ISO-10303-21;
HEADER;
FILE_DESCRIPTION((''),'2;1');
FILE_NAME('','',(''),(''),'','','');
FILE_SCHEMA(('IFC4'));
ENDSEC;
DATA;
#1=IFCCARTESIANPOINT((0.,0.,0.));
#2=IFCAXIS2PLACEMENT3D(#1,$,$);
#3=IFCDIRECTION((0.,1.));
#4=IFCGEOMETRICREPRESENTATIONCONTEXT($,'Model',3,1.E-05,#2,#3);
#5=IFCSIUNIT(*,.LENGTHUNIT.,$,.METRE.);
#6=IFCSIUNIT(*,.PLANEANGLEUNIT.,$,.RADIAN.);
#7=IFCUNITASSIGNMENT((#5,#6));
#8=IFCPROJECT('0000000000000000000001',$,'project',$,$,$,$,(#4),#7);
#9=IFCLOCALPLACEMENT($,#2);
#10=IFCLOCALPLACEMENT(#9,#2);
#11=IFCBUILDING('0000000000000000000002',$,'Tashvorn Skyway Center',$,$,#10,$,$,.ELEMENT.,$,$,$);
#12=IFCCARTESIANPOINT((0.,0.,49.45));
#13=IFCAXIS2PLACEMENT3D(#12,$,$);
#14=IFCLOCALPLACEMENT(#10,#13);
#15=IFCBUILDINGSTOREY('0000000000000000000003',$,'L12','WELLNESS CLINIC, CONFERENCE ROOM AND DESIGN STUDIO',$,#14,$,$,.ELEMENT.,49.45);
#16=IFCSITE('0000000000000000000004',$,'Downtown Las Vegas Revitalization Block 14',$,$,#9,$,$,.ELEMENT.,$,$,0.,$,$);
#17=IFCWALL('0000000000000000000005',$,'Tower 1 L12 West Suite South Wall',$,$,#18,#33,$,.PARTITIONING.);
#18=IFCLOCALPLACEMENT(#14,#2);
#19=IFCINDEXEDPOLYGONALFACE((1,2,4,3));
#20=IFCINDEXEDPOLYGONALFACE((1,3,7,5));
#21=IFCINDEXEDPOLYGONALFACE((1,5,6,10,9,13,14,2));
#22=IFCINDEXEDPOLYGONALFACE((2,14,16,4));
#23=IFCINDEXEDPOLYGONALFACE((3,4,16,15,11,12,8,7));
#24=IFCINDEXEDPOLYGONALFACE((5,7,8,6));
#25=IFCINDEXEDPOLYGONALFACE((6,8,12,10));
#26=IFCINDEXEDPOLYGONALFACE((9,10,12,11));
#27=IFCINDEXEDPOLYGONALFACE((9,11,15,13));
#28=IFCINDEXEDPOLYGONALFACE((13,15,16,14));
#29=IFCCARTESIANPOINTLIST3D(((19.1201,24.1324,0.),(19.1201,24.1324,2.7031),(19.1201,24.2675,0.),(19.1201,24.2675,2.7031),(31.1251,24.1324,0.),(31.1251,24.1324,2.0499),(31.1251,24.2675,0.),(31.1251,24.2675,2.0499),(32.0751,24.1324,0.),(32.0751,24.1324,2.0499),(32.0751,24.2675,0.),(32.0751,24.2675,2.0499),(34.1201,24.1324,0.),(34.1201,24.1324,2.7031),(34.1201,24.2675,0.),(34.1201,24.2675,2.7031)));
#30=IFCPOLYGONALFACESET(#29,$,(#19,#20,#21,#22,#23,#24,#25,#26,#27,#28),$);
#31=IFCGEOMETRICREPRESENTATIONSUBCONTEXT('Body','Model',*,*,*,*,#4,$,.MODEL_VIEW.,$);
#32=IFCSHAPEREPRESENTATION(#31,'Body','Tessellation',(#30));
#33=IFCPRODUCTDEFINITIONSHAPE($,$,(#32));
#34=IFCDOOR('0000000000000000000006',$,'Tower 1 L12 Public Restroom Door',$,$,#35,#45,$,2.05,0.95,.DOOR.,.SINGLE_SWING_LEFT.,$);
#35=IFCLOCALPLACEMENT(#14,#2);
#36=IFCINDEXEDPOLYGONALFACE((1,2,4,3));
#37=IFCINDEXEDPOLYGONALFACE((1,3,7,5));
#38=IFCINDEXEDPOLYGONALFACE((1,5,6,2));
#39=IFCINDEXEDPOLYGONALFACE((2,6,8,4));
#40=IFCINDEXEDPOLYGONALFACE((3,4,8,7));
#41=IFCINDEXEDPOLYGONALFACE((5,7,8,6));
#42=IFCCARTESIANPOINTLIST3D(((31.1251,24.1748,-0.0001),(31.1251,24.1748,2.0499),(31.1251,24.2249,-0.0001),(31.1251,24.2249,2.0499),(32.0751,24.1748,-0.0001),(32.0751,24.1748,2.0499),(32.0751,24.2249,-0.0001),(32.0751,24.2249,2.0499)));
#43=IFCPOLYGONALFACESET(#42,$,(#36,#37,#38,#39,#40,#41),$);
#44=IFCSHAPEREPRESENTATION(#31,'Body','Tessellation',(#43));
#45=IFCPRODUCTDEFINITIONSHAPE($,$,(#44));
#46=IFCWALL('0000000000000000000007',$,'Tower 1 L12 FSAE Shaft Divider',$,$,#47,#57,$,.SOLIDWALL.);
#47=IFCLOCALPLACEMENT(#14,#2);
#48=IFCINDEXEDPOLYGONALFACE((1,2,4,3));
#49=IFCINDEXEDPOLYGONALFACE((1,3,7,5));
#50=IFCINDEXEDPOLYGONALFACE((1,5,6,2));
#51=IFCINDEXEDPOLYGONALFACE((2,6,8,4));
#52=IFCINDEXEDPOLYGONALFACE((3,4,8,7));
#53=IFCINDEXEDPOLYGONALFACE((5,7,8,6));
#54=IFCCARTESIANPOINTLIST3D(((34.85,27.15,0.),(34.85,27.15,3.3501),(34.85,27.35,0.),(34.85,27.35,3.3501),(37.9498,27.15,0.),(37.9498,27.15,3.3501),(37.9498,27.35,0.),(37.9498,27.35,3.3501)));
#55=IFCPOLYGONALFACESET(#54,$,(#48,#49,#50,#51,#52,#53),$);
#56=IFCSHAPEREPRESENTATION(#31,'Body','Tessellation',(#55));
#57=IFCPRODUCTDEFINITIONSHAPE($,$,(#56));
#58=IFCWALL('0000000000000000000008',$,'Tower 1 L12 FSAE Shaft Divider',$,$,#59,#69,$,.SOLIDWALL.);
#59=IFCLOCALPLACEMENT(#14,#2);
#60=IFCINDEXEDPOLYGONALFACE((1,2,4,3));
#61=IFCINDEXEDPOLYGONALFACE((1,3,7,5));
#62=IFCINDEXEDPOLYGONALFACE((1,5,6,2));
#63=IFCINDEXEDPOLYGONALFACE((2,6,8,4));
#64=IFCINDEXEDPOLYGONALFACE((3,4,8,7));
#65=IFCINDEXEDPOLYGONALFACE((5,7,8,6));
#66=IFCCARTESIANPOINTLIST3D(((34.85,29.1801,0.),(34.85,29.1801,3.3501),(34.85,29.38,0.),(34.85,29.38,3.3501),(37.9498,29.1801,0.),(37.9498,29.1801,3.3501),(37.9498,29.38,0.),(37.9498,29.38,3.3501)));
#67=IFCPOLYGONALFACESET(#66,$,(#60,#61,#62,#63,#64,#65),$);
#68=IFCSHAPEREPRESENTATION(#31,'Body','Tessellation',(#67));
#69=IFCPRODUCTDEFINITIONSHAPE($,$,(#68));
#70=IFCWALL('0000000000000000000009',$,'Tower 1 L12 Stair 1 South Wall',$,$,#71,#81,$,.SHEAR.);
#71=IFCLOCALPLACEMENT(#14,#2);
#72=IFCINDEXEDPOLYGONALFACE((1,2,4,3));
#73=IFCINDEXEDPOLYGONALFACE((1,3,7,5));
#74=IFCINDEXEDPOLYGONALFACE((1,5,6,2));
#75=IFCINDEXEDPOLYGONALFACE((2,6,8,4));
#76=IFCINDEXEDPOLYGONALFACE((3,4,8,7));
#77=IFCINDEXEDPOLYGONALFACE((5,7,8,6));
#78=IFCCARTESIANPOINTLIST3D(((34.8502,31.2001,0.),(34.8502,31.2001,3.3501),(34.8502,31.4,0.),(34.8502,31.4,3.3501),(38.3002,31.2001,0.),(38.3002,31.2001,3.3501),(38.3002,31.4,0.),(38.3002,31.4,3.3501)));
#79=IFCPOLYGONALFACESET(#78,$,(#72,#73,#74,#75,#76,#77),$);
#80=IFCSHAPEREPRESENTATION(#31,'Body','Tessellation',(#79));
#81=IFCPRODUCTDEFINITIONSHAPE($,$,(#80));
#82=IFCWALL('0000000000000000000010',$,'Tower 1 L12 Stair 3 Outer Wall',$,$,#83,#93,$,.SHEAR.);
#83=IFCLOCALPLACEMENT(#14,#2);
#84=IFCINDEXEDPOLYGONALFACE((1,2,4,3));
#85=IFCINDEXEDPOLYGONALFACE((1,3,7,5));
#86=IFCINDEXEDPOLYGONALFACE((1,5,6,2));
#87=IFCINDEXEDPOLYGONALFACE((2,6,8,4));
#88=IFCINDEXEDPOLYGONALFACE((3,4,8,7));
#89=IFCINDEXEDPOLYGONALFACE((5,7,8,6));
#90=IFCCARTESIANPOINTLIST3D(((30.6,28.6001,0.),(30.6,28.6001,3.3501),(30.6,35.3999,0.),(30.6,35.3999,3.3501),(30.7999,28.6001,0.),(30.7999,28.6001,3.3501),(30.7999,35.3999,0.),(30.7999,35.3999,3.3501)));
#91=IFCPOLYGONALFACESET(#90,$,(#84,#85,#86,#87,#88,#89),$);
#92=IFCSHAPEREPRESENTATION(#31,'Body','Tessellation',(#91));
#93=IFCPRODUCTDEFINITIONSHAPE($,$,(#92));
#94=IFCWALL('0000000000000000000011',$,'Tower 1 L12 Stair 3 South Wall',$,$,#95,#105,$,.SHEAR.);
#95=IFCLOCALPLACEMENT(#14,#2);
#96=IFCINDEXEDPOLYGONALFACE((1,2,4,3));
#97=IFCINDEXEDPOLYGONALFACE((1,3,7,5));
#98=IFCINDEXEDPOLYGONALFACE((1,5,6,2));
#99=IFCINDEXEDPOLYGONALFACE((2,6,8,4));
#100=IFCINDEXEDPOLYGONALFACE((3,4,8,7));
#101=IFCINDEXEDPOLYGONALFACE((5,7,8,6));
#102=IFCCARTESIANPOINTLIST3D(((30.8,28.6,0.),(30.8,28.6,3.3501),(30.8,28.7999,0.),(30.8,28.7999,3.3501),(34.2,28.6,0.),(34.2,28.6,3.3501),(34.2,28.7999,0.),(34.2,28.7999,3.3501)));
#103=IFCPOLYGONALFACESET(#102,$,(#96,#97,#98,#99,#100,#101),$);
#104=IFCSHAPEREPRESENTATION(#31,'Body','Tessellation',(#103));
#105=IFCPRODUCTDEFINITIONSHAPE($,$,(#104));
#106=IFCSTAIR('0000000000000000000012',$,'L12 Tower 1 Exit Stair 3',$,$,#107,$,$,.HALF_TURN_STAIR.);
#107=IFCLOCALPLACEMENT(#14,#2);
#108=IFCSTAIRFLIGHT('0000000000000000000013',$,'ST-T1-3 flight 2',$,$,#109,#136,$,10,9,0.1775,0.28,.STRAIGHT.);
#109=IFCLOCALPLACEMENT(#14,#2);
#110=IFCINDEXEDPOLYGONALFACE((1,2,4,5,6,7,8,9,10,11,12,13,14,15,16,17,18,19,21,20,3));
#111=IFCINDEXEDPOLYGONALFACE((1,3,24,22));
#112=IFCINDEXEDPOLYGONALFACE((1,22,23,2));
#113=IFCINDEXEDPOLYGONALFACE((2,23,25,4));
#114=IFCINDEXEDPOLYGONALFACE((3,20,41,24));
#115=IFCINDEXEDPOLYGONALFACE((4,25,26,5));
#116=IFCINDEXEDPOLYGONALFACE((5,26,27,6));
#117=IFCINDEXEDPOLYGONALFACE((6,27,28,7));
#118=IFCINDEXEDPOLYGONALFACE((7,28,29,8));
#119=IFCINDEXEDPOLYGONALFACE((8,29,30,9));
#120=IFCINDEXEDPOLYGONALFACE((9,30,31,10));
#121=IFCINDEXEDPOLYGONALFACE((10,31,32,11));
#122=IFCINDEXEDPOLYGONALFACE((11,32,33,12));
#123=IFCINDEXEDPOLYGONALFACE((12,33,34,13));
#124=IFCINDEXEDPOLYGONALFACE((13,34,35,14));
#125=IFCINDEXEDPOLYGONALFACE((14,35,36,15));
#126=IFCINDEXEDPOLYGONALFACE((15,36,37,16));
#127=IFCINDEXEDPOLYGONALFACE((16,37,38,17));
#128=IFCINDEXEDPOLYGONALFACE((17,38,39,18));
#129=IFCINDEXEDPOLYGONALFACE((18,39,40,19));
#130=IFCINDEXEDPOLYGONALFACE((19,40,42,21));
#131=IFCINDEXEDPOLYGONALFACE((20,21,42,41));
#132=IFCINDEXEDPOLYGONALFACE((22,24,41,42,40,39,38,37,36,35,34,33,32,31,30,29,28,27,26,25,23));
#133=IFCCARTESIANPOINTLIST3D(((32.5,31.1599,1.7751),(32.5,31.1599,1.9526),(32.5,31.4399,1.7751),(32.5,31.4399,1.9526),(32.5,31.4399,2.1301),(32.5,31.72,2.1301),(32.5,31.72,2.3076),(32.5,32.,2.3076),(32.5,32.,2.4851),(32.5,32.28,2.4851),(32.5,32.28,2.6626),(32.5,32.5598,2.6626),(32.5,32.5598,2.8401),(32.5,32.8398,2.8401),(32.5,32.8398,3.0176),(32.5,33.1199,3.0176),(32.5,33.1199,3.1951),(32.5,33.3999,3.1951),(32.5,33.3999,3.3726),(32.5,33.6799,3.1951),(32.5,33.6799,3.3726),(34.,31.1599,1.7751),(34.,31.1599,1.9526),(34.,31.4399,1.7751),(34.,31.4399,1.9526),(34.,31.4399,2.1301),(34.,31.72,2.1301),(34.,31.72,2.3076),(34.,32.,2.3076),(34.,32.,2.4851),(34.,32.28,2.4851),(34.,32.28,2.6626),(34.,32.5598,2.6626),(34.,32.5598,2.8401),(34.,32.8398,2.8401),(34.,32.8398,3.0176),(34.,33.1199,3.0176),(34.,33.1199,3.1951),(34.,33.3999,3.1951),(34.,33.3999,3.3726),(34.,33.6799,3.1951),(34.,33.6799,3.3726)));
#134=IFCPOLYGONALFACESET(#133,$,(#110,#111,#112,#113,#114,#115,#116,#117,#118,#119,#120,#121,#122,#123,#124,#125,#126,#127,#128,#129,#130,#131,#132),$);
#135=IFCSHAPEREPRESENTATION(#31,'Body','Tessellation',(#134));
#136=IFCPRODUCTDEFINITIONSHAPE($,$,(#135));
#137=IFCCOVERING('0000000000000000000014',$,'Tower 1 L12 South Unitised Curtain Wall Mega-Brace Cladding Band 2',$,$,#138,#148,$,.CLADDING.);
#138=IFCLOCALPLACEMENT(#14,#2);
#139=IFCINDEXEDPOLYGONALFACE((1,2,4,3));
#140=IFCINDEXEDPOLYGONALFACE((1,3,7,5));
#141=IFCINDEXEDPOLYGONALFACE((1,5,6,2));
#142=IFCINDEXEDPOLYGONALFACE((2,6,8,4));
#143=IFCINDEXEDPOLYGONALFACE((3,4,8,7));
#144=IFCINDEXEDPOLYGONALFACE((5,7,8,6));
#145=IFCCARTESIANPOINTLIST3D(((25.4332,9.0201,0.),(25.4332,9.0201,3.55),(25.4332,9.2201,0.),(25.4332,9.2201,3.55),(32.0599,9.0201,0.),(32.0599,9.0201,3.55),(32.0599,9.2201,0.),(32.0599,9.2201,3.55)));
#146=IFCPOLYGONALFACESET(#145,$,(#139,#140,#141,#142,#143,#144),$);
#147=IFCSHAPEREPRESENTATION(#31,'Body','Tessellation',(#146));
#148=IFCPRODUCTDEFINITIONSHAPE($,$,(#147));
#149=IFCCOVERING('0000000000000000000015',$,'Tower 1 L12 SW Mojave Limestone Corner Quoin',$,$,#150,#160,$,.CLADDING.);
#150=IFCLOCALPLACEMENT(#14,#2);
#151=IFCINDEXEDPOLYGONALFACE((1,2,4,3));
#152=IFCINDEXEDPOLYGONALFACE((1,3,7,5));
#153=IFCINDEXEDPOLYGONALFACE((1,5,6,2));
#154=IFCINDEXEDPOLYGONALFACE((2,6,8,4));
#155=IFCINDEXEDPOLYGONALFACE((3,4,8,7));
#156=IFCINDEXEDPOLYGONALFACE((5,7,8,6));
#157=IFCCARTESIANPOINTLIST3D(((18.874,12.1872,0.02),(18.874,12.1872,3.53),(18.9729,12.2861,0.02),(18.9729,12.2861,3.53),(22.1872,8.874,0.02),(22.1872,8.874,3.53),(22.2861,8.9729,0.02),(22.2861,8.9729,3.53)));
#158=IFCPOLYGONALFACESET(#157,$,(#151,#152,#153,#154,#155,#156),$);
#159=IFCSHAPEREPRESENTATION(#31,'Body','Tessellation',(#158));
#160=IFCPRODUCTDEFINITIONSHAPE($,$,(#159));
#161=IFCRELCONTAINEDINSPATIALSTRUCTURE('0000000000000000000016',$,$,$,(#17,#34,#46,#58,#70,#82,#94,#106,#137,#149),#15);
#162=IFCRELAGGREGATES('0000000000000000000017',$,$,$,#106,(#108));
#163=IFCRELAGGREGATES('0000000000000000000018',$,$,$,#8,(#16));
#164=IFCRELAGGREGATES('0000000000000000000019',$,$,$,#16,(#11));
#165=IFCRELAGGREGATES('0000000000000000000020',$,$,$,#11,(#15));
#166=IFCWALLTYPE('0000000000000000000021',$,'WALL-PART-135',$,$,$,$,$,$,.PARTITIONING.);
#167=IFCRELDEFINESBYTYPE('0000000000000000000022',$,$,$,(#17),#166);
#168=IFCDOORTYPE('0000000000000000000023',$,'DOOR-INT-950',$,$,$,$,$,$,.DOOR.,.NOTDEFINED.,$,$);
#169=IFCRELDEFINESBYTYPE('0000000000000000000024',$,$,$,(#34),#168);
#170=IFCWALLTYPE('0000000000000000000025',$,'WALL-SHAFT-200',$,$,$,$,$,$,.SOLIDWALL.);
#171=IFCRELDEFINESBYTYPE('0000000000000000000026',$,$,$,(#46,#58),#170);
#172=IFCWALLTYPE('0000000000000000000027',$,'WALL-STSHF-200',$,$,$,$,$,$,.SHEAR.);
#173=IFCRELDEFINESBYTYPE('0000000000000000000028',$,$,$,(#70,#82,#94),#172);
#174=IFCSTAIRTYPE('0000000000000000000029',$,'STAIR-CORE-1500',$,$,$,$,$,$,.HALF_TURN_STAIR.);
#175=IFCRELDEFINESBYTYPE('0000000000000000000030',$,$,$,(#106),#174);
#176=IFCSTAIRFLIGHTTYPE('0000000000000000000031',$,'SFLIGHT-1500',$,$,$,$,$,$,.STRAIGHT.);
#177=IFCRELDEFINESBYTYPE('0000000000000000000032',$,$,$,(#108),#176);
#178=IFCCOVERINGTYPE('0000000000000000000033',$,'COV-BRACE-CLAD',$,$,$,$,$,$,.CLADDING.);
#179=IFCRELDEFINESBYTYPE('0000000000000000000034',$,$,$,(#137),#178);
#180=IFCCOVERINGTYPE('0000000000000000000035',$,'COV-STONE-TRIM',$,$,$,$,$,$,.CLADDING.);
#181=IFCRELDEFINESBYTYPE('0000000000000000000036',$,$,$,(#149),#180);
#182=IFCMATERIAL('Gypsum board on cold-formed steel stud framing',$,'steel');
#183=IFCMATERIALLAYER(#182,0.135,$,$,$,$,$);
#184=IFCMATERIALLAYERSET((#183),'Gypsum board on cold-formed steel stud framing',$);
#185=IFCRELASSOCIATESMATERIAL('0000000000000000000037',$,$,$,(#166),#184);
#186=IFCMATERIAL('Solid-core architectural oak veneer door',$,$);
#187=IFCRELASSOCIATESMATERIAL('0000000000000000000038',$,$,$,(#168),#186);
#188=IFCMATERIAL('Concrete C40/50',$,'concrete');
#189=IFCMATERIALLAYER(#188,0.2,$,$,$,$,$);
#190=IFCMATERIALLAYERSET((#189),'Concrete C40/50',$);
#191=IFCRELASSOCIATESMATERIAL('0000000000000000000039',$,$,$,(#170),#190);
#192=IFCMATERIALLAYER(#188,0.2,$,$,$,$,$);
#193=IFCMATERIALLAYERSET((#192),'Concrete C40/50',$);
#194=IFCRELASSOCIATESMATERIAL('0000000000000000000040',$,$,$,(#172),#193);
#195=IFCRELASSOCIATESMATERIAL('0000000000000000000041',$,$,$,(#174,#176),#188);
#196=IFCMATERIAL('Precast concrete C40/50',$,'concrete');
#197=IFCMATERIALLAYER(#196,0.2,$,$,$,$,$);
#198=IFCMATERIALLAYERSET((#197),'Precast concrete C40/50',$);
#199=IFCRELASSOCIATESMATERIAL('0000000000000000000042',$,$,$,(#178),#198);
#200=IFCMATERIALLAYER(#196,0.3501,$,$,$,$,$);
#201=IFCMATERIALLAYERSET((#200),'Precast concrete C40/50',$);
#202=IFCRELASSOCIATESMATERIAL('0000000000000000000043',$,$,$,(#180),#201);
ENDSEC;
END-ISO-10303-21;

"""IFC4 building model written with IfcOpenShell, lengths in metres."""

from ifc_helpers import new_model, si_unit, direction, frame, frame_2d, origin, origin_2d, place, context, subcontext, project, spatial, polyline, rectangle, outline, extrude, material, layer, layer_set, type_object, element, fill, aggregate, save


model = new_model("IFC4")

# Units and contexts
model_context = context("Model", 3, precision=1e-05, world=origin(), true_north=direction((0.0, 1.0)))
body_context = subcontext(model_context, "Body", "Model", "MODEL_VIEW")
ifc_project = project(units=[si_unit("LENGTHUNIT", "METRE"), si_unit("PLANEANGLEUNIT", "RADIAN")], contexts=[model_context])

# Site, building, storey
site_placement = place(None, origin())
site = spatial("IfcSite", under=ifc_project, at=site_placement, Name="Downtown Las Vegas Revitalization Block 14", CompositionType="ELEMENT", RefElevation=0.0)
building_placement = place(site_placement, origin())
building = spatial("IfcBuilding", under=site, at=building_placement, Name="Tashvorn Skyway Center", CompositionType="ELEMENT")
storey_placement = place(building_placement, frame((0.0, 0.0, 49.45)))
storey = spatial("IfcBuildingStorey", under=building, at=storey_placement, Name="L12", Description="WELLNESS CLINIC, CONFERENCE ROOM AND DESIGN STUDIO", CompositionType="ELEMENT", Elevation=49.45)

# Shared definitions
ifc_material_1 = material(Name="Precast concrete C40/50", Category="concrete")

# Wall, opening, door
ifc_material_2 = material(Name="Gypsum board on cold-formed steel stud framing", Category="steel")
ifc_layer_1 = layer(ifc_material_2, 0.135)
ifc_layer_set_1 = layer_set([ifc_layer_1], Name="Gypsum board on cold-formed steel stud framing")
wall_type_1 = type_object("IfcWallType", Name="WALL-PART-135", PredefinedType="PARTITIONING", material=ifc_layer_set_1)
wall_1_placement = place(storey_placement, frame((19.1201, 24.2, 0.0), z_axis=(0.0, 0.0, 1.0), x_axis=(1.0, 0.0, 0.0)))
wall_1 = element("IfcWall", 1, at=wall_1_placement, inside=storey, type_object=wall_type_1, Name="Tower 1 L12 West Suite South Wall", PredefinedType="PARTITIONING", context=body_context, shape_type="SweptSolid", body=[
    extrude(rectangle(XDim=15.0, YDim=0.135, at=frame_2d((7.5, 0.0))), origin(), (0.0, 0.0, 1.0), 2.7031),
])
opening_placement = place(wall_1_placement, frame((12.0049, 0.0, 0.0)))
opening = element("IfcOpeningElement", 2, at=opening_placement, cuts=wall_1, PredefinedType="OPENING", context=body_context, shape_type="SweptSolid", body=[
    extrude(rectangle(XDim=0.95, YDim=2.05, at=frame_2d((0.4751, 1.0249))), frame((0.0, 0.0774, 0.0), z_axis=(0.0, -1.0, 0.0), x_axis=(1.0, 0.0, 0.0)), (0.0, 0.0, 1.0), 0.155),
])
ifc_material_3 = material(Name="Solid-core architectural oak veneer door")
door_type = type_object("IfcDoorType", Name="DOOR-INT-950", OperationType="NOTDEFINED", PredefinedType="DOOR", material=ifc_material_3)
door_placement = place(opening_placement, origin())
door = element("IfcDoor", 3, at=door_placement, inside=storey, type_object=door_type, Name="Tower 1 L12 Public Restroom Door", OperationType="SINGLE_SWING_LEFT", OverallHeight=2.05, OverallWidth=0.95, PredefinedType="DOOR", context=body_context, shape_type="SweptSolid", body=[
    extrude(rectangle(XDim=0.95, YDim=2.05, at=frame_2d((0.4751, 1.0249))), frame((0.0, 0.0249, 0.0), z_axis=(0.0, -1.0, 0.0), x_axis=(1.0, 0.0, 0.0)), (0.0, 0.0, 1.0), 0.05),
])
fill(opening, door)

# Walls
ifc_material_4 = material(Name="Concrete C40/50", Category="concrete")
ifc_layer_2 = layer(ifc_material_4, 0.2)
ifc_layer_set_2 = layer_set([ifc_layer_2], Name="Concrete C40/50")
wall_type_2 = type_object("IfcWallType", Name="WALL-SHAFT-200", PredefinedType="SOLIDWALL", material=ifc_layer_set_2)
for number, where, z_axis, x_axis, name in (
    (4, (34.8501, 27.25, 0.0), (0.0, 0.0, 1.0), (1.0, 0.0, 0.0), "Tower 1 L12 FSAE Shaft Divider"),
    (5, (34.8501, 29.28, 0.0), (0.0, 0.0, 1.0), (1.0, 0.0, 0.0), "Tower 1 L12 FSAE Shaft Divider"),
):
    element("IfcWall", number, at=place(storey_placement, frame(where, z_axis=z_axis, x_axis=x_axis)), inside=storey, type_object=wall_type_2, Name=name, PredefinedType="SOLIDWALL", context=body_context, shape_type="SweptSolid", body=[
        extrude(rectangle(XDim=3.0999, YDim=0.2, at=frame_2d((1.5498, 0.0))), origin(), (0.0, 0.0, 1.0), 3.3501),
    ])
ifc_layer_3 = layer(ifc_material_4, 0.2)
ifc_layer_set_3 = layer_set([ifc_layer_3], Name="Concrete C40/50")
wall_type_3 = type_object("IfcWallType", Name="WALL-STSHF-200", PredefinedType="SHEAR", material=ifc_layer_set_3)
wall_2_placement = place(storey_placement, frame((34.8501, 31.3, 0.0), z_axis=(0.0, 0.0, 1.0), x_axis=(1.0, 0.0, 0.0)))
element("IfcWall", 6, at=wall_2_placement, inside=storey, type_object=wall_type_3, Name="Tower 1 L12 Stair 1 South Wall", PredefinedType="SHEAR", context=body_context, shape_type="SweptSolid", body=[
    extrude(rectangle(XDim=3.45, YDim=0.2, at=frame_2d((1.7251, 0.0))), origin(), (0.0, 0.0, 1.0), 3.3501),
])
wall_3_placement = place(storey_placement, frame((30.7, 28.6001, 0.0), z_axis=(0.0, 0.0, 1.0), x_axis=(0.0, 1.0, 0.0)))
element("IfcWall", 7, at=wall_3_placement, inside=storey, type_object=wall_type_3, Name="Tower 1 L12 Stair 3 Outer Wall", PredefinedType="SHEAR", context=body_context, shape_type="SweptSolid", body=[
    extrude(rectangle(XDim=6.7998, YDim=0.2, at=frame_2d((3.3999, 0.0))), origin(), (0.0, 0.0, 1.0), 3.3501),
])
wall_4_placement = place(storey_placement, frame((30.8, 28.7, 0.0), z_axis=(0.0, 0.0, 1.0), x_axis=(1.0, 0.0, 0.0)))
element("IfcWall", 8, at=wall_4_placement, inside=storey, type_object=wall_type_3, Name="Tower 1 L12 Stair 3 South Wall", PredefinedType="SHEAR", context=body_context, shape_type="SweptSolid", body=[
    extrude(rectangle(XDim=3.3999, YDim=0.2, at=frame_2d((1.7, 0.0))), origin(), (0.0, 0.0, 1.0), 3.3501),
])

# Stair, stair flight
stair_type = type_object("IfcStairType", Name="STAIR-CORE-1500", PredefinedType="HALF_TURN_STAIR", material=ifc_material_4)
stair_placement = place(storey_placement, origin())
stair = element("IfcStair", 9, at=stair_placement, inside=storey, type_object=stair_type, Name="L12 Tower 1 Exit Stair 3", PredefinedType="HALF_TURN_STAIR")
stair_flight_type = type_object("IfcStairFlightType", Name="SFLIGHT-1500", PredefinedType="STRAIGHT", material=ifc_material_4)
stair_flight_placement = place(storey_placement, frame((33.25, 31.1599, 1.7751), z_axis=(0.0, 0.0, 1.0), x_axis=(0.0, 1.0, 0.0)))
stair_flight = element("IfcStairFlight", 10, at=stair_flight_placement, type_object=stair_flight_type, Name="ST-T1-3 flight 2", NumberOfRisers=10, NumberOfTreads=9, PredefinedType="STRAIGHT", RiserHeight=0.1775, TreadLength=0.28, context=body_context, shape_type="SweptSolid", body=[
    extrude(outline(polyline([(0.0, 0.0), (0.0, 0.1775), (0.28, 0.1775), (0.28, 0.355), (0.5601, 0.355), (0.5601, 0.5325), (0.8401, 0.5325), (0.8401, 0.71), (1.1201, 0.71), (1.1201, 0.8875), (1.3999, 0.8875), (1.3999, 1.0649), (1.6799, 1.0649), (1.6799, 1.2424), (1.96, 1.2424), (1.96, 1.4199), (2.24, 1.4199), (2.24, 1.5974), (2.52, 1.5974), (2.52, 1.7749), (2.52, 1.4199), (0.28, 0.0), (0.0, 0.0)])), frame((0.0, 0.75, 0.0), z_axis=(0.0, -1.0, 0.0), x_axis=(1.0, 0.0, 0.0)), (0.0, 0.0, 1.0), 1.5),
])
aggregate(stair, [stair_flight])

# Coverings
ifc_layer_4 = layer(ifc_material_1, 0.2)
ifc_layer_set_4 = layer_set([ifc_layer_4], Name="Precast concrete C40/50")
covering_type_1 = type_object("IfcCoveringType", Name="COV-BRACE-CLAD", PredefinedType="CLADDING", material=ifc_layer_set_4)
covering_1_placement = place(storey_placement, frame((28.7466, 9.1201, 0.0), z_axis=(0.0, 0.0, 1.0), x_axis=(-1.0, 0.0, 0.0)))
element("IfcCovering", 11, at=covering_1_placement, inside=storey, type_object=covering_type_1, Name="Tower 1 L12 South Unitised Curtain Wall Mega-Brace Cladding Band 2", PredefinedType="CLADDING", context=body_context, shape_type="SweptSolid", body=[
    extrude(rectangle(XDim=6.6267, YDim=0.2, at=origin_2d()), origin(), (0.0, 0.0, 1.0), 3.55),
])
ifc_layer_5 = layer(ifc_material_1, 0.3501)
ifc_layer_set_5 = layer_set([ifc_layer_5], Name="Precast concrete C40/50")
covering_type_2 = type_object("IfcCoveringType", Name="COV-STONE-TRIM", PredefinedType="CLADDING", material=ifc_layer_set_5)
covering_2_placement = place(storey_placement, frame((20.5801, 10.5801, 0.02), z_axis=(0.0, 0.0, 1.0), x_axis=(-0.707107, 0.707107, 0.0)))
element("IfcCovering", 12, at=covering_2_placement, inside=storey, type_object=covering_type_2, Name="Tower 1 L12 SW Mojave Limestone Corner Quoin", PredefinedType="CLADDING", context=body_context, shape_type="SweptSolid", body=[
    extrude(rectangle(XDim=4.6855, YDim=0.1399, at=origin_2d()), origin(), (0.0, 0.0, 1.0), 3.51),
])

save(model, "model.ifc")
